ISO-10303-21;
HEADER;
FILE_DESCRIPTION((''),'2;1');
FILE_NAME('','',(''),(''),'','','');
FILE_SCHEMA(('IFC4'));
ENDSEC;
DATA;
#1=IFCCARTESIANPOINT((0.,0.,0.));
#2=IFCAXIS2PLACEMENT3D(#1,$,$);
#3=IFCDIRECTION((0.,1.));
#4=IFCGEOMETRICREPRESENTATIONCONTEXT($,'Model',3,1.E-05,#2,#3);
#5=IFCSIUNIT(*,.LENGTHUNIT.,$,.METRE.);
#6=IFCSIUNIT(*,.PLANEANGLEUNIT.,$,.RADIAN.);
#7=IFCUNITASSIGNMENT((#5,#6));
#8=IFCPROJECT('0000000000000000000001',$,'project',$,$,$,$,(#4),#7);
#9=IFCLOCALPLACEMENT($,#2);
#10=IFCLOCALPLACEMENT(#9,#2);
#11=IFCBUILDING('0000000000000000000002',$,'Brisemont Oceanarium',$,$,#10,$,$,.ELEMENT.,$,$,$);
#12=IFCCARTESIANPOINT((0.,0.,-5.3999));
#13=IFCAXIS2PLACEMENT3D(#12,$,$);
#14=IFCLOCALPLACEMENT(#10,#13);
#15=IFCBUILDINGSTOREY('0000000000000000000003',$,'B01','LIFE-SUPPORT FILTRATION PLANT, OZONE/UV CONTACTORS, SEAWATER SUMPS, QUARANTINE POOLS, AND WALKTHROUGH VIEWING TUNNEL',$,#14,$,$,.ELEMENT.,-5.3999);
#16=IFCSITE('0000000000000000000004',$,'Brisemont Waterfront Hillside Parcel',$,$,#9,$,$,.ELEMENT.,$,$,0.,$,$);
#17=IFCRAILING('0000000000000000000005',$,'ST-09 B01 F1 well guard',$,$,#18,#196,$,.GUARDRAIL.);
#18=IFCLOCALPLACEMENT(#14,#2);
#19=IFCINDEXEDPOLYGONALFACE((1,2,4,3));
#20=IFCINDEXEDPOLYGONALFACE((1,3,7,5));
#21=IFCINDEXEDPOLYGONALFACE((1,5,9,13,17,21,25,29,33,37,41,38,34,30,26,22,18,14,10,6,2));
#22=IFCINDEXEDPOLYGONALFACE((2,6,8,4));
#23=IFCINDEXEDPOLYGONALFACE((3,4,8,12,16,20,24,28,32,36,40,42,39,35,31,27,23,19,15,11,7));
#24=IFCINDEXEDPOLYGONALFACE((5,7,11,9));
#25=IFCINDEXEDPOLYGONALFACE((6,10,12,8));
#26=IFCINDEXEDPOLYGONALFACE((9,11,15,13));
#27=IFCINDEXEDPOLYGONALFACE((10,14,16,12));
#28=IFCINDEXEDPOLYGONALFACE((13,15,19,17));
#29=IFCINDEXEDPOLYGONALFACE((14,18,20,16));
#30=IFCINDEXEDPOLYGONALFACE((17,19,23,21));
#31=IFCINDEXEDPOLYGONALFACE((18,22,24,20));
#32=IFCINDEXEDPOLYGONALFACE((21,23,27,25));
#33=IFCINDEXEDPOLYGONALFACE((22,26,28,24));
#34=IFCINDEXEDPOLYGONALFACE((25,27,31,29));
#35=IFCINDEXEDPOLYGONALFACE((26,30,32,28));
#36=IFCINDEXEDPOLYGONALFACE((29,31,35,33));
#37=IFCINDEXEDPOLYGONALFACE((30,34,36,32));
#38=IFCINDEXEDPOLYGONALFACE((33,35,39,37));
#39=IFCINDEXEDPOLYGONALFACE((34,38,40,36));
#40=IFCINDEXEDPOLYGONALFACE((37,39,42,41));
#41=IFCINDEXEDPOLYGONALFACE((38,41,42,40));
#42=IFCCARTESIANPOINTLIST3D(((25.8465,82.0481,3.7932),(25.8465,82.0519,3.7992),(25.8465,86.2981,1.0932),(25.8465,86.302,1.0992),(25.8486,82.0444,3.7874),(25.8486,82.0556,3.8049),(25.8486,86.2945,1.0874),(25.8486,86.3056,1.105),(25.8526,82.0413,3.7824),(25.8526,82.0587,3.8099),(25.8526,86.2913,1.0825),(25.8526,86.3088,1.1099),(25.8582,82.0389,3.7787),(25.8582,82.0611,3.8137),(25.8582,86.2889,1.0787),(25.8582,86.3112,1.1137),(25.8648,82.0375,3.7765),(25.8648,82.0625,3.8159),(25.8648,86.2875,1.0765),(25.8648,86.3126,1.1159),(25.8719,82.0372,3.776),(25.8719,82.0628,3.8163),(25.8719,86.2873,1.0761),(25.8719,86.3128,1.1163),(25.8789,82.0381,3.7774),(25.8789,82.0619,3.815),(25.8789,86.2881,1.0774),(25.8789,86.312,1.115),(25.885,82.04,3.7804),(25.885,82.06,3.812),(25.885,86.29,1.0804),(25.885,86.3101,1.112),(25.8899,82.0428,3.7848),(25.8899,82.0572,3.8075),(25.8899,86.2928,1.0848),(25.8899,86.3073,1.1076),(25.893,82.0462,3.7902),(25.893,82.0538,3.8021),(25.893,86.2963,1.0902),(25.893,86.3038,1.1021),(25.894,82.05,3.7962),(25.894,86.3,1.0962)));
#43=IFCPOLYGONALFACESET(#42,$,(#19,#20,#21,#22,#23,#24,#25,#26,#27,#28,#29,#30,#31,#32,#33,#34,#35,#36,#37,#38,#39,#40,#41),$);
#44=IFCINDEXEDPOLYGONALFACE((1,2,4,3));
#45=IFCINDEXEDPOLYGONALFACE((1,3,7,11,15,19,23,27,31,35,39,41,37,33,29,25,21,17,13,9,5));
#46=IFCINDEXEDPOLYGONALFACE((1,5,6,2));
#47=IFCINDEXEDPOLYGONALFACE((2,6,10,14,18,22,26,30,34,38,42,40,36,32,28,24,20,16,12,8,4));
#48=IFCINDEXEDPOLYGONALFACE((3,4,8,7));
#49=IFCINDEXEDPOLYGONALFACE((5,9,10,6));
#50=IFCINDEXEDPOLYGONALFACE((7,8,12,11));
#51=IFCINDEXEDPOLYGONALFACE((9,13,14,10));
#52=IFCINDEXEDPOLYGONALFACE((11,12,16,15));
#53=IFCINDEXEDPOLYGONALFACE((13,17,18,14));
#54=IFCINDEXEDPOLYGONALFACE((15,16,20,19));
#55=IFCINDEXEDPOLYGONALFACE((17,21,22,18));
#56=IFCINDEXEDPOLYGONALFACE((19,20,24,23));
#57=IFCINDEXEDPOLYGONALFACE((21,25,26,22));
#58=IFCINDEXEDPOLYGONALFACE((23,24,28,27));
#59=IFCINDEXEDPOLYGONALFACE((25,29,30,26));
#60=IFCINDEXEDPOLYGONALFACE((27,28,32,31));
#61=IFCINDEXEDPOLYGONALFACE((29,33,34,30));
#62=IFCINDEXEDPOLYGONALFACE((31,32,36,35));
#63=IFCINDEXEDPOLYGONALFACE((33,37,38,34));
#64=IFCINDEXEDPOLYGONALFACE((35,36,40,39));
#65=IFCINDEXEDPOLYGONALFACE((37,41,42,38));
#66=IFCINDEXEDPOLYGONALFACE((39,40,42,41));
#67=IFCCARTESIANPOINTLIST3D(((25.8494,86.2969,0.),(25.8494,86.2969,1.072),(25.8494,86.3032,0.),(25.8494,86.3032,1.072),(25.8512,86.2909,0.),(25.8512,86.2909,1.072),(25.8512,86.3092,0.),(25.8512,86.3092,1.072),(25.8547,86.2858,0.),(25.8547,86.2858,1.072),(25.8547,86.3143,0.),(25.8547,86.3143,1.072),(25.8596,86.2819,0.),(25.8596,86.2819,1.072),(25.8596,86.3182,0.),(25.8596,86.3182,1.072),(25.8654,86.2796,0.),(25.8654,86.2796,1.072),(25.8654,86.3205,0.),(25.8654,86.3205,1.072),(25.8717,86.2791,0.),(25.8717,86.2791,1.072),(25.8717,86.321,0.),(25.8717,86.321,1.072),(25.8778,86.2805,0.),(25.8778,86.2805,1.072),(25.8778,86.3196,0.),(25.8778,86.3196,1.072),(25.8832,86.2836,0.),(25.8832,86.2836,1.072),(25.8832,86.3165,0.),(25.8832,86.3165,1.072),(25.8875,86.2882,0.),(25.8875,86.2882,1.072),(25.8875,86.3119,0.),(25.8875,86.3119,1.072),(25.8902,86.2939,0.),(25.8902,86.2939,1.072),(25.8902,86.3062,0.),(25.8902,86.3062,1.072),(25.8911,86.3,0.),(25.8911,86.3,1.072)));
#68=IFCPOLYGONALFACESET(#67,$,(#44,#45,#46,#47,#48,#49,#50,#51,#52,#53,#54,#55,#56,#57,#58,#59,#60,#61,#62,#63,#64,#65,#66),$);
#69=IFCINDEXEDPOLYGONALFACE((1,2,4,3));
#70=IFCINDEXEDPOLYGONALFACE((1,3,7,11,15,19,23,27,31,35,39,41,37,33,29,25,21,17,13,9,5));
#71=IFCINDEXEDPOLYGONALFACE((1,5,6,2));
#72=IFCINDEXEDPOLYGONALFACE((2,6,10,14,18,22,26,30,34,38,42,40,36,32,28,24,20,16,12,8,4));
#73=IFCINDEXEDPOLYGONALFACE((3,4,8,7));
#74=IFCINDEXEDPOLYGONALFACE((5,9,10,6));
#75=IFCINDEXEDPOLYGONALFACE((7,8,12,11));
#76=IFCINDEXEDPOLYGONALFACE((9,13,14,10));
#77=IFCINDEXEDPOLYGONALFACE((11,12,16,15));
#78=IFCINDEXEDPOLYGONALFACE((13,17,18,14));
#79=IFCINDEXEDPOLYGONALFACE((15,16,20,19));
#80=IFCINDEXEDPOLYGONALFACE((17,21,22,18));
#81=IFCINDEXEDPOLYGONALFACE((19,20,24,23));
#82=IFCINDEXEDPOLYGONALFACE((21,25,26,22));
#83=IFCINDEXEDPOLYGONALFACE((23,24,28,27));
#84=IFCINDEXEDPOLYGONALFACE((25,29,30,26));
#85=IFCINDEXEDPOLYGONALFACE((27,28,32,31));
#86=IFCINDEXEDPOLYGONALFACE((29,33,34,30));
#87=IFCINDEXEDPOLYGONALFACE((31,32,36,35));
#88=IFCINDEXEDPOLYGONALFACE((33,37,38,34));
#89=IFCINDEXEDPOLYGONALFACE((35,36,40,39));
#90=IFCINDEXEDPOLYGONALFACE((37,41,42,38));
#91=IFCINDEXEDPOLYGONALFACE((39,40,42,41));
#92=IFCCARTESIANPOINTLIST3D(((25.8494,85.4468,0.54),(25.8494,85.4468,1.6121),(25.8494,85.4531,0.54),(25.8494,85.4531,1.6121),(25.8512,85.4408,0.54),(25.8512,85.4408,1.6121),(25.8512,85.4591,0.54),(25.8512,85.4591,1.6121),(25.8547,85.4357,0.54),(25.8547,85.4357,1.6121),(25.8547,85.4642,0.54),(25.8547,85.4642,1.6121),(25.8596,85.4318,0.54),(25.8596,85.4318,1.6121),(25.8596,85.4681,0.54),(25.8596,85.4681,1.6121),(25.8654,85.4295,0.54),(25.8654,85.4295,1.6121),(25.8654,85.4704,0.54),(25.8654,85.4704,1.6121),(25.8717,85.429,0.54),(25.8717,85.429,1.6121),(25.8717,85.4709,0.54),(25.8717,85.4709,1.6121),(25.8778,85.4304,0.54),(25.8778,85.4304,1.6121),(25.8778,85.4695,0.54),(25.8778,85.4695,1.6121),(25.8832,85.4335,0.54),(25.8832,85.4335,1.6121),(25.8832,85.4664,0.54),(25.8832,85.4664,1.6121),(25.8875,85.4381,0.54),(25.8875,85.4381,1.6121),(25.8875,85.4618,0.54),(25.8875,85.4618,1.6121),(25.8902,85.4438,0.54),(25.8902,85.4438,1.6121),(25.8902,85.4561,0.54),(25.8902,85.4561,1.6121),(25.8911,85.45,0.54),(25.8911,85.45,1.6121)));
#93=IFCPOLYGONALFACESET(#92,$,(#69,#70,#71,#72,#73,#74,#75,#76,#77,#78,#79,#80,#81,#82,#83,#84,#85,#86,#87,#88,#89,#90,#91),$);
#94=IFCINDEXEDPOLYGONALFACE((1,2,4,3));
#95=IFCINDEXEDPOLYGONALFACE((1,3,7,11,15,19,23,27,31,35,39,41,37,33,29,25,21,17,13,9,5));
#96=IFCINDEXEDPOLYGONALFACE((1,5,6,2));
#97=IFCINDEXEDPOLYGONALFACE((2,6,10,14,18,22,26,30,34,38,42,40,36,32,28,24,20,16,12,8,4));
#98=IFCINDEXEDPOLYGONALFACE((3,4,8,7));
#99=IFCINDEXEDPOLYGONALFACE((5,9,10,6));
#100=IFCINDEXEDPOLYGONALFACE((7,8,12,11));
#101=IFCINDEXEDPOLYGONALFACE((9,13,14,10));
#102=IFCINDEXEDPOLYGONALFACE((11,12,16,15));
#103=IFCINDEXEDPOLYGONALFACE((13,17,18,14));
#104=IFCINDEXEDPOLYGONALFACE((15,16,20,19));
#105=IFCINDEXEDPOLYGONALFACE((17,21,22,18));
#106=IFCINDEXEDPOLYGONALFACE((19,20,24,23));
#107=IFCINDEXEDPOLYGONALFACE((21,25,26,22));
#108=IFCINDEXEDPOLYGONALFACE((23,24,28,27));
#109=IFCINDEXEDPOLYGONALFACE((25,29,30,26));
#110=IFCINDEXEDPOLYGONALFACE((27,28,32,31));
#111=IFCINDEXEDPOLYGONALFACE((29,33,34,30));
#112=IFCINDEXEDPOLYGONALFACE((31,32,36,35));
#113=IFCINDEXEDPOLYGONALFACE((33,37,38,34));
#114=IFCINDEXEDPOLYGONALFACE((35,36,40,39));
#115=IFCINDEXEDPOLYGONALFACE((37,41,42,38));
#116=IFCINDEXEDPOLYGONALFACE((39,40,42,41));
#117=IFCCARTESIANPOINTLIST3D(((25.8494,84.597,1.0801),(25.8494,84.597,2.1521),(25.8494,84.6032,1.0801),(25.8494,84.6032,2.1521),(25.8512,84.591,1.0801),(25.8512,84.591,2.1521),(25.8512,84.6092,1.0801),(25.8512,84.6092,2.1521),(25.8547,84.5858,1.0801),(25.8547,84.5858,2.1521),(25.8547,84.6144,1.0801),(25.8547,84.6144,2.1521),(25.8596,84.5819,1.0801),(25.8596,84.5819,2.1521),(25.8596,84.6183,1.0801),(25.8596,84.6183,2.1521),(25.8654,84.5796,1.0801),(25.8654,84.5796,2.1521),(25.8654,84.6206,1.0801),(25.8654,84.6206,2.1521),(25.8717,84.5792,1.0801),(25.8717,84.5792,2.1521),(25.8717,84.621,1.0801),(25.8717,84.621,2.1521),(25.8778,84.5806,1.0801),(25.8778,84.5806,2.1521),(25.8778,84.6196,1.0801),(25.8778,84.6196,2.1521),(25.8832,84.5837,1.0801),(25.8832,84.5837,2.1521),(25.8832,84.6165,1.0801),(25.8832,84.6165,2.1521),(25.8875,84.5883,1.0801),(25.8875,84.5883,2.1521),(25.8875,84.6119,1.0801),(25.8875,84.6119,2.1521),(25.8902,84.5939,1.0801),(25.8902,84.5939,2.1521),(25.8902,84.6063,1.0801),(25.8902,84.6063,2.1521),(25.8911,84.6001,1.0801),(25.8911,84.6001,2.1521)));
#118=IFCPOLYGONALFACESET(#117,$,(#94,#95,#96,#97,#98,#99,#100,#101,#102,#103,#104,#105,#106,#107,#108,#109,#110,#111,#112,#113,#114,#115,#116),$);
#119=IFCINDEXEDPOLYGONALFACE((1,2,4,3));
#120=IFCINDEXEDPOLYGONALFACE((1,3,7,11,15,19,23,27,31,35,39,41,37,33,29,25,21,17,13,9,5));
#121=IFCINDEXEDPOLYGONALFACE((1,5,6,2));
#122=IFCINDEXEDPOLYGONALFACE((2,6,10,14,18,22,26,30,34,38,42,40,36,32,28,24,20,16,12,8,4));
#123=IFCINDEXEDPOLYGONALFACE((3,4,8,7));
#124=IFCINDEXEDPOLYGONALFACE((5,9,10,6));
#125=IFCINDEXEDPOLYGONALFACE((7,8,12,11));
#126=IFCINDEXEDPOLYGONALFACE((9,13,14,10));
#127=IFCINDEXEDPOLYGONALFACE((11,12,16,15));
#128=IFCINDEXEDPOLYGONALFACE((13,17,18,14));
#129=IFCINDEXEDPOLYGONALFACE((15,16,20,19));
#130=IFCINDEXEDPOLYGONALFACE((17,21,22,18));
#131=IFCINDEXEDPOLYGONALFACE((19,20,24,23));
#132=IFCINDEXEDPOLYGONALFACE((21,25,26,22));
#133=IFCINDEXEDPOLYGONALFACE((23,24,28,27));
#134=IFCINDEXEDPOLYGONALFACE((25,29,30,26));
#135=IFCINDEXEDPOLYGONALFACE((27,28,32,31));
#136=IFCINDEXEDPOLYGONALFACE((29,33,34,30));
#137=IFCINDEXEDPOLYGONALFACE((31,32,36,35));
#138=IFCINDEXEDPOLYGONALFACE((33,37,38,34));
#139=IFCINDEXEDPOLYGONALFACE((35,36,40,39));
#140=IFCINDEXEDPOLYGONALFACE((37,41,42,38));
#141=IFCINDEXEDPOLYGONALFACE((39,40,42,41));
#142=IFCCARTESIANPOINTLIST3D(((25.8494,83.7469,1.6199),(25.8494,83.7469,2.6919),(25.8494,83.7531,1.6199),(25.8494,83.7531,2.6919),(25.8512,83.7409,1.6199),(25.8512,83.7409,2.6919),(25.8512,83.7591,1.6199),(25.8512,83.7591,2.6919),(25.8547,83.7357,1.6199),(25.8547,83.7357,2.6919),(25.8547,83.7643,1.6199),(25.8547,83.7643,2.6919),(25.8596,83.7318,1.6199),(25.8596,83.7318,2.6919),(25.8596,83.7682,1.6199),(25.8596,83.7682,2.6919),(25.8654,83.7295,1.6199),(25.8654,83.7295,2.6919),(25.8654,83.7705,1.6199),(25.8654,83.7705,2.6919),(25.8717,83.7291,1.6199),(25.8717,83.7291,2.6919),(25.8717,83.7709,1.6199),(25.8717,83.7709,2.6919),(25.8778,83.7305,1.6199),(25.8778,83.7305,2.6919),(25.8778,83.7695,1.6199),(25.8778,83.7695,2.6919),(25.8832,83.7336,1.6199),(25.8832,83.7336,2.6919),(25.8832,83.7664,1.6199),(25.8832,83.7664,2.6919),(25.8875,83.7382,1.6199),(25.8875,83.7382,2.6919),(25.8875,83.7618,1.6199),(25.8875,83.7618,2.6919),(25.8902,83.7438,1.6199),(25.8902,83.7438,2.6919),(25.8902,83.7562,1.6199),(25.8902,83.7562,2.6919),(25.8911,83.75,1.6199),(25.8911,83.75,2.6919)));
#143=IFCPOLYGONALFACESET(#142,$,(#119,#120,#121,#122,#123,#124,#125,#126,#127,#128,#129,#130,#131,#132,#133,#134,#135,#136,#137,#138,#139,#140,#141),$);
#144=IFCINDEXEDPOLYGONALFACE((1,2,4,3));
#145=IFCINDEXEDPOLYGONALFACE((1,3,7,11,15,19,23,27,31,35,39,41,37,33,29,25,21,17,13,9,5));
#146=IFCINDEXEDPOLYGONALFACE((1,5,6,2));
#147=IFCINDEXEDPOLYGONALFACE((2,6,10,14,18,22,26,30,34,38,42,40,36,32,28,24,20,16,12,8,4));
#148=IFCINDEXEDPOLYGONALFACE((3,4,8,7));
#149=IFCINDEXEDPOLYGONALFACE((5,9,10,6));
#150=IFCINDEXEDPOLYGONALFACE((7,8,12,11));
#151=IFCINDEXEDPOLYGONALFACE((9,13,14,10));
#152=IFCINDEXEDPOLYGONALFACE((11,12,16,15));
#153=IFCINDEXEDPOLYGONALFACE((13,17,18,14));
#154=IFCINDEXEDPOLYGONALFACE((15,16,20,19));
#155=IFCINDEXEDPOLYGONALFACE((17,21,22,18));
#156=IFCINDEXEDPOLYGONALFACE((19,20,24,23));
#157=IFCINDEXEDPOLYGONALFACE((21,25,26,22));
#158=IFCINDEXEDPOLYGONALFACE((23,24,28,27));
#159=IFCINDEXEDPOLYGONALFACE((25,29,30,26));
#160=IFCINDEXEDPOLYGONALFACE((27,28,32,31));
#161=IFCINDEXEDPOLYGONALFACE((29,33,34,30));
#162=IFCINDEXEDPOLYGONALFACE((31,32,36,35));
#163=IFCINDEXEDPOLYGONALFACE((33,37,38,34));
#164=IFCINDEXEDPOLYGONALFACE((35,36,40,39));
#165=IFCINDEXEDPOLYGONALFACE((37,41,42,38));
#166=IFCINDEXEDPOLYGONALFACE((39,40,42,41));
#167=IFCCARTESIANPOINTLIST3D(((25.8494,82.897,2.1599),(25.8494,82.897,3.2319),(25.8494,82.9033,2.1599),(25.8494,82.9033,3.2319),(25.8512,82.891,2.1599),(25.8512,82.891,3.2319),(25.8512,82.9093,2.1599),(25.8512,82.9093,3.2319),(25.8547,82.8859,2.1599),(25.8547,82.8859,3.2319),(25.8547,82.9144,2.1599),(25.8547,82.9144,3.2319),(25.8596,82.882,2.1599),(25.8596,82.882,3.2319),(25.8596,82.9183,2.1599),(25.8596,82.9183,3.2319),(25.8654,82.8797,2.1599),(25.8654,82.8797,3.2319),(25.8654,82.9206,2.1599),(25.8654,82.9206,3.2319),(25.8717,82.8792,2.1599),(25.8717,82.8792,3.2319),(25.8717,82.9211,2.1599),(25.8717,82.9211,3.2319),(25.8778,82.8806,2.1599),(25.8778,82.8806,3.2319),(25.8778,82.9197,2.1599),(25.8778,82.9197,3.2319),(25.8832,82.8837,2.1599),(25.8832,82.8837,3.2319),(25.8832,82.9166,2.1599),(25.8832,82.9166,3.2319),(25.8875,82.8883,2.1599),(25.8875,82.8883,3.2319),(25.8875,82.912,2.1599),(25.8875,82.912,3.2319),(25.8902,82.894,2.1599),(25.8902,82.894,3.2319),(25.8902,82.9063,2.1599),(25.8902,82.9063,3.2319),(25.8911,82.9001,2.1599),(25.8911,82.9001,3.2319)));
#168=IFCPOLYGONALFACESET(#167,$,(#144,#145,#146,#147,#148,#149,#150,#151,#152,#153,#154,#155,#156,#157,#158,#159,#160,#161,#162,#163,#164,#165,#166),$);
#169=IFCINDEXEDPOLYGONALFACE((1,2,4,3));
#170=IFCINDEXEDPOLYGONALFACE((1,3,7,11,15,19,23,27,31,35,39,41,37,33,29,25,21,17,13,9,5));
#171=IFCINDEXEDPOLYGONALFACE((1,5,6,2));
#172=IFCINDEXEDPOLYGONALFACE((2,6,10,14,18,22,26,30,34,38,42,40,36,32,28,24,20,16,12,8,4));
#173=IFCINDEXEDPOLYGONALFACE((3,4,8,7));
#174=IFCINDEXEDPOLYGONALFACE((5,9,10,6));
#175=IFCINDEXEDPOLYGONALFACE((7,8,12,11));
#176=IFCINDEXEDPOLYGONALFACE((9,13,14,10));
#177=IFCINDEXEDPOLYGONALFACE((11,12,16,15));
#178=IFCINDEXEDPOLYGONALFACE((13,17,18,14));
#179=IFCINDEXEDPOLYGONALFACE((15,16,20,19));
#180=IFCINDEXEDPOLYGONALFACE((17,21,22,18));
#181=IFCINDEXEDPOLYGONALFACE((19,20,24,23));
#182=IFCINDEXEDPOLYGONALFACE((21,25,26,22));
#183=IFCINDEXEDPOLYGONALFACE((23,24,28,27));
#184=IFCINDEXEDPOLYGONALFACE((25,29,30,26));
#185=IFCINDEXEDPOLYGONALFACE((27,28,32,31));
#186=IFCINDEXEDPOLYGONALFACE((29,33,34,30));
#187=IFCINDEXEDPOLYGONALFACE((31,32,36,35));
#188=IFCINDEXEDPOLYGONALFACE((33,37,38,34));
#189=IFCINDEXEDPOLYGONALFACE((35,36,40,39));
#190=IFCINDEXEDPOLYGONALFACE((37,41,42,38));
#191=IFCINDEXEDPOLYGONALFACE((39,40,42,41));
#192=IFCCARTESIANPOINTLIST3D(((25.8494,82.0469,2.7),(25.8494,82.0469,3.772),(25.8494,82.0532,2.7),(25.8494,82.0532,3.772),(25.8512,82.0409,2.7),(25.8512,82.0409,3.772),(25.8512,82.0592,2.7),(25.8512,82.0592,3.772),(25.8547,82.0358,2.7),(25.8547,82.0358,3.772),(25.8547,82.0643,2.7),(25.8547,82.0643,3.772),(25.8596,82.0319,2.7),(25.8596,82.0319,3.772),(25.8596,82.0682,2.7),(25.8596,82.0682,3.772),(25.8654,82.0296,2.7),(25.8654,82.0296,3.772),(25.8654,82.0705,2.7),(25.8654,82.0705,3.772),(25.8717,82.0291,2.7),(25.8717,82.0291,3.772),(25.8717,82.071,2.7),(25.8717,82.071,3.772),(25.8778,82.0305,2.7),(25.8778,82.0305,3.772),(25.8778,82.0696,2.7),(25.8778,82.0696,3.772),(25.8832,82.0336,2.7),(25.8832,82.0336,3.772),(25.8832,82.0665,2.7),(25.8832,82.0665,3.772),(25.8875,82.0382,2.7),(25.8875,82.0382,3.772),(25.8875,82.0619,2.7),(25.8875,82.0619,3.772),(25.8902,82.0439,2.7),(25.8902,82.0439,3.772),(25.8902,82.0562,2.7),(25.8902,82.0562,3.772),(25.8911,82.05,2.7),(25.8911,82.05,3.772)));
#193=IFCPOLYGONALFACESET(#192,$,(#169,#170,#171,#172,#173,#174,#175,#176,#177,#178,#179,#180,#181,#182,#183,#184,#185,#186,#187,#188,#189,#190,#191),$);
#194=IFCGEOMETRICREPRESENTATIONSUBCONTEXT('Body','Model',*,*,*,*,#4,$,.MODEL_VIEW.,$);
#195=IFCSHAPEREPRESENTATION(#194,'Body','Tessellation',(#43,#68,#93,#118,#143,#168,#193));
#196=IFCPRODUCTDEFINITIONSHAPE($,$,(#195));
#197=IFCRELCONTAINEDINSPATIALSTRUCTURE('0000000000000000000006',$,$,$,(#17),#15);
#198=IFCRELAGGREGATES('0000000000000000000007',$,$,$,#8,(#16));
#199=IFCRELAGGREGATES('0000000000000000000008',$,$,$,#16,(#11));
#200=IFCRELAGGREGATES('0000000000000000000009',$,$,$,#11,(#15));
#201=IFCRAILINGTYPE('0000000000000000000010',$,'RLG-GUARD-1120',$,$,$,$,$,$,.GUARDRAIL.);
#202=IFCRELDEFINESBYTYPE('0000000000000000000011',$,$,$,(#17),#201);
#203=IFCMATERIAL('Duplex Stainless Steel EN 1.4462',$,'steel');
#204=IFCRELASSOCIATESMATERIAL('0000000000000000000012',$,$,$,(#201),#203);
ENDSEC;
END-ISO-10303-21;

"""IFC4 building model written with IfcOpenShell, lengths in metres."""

from ifc_helpers import new_model, si_unit, direction, frame, origin, origin_2d, place, context, subcontext, project, spatial, circle, extrude, material, type_object, element, save


model = new_model("IFC4")

# Units and contexts
model_context = context("Model", 3, precision=1e-05, world=origin(), true_north=direction((0.0, 1.0)))
body_context = subcontext(model_context, "Body", "Model", "MODEL_VIEW")
ifc_project = project(units=[si_unit("LENGTHUNIT", "METRE"), si_unit("PLANEANGLEUNIT", "RADIAN")], contexts=[model_context])

# Site, building, storey
site_placement = place(None, origin())
site = spatial("IfcSite", under=ifc_project, at=site_placement, Name="Brisemont Waterfront Hillside Parcel", CompositionType="ELEMENT", RefElevation=0.0)
building_placement = place(site_placement, origin())
building = spatial("IfcBuilding", under=site, at=building_placement, Name="Brisemont Oceanarium", CompositionType="ELEMENT")
storey_placement = place(building_placement, frame((0.0, 0.0, -5.3999)))
storey = spatial("IfcBuildingStorey", under=building, at=storey_placement, Name="B01", Description="LIFE-SUPPORT FILTRATION PLANT, OZONE/UV CONTACTORS, SEAWATER SUMPS, QUARANTINE POOLS, AND WALKTHROUGH VIEWING TUNNEL", CompositionType="ELEMENT", Elevation=-5.3999)

# Railing
ifc_material_1 = material(Name="Duplex Stainless Steel EN 1.4462", Category="steel")
railing_type_1 = type_object("IfcRailingType", Name="RLG-GUARD-1120", PredefinedType="GUARDRAIL", material=ifc_material_1)
railing_1_placement = place(storey_placement, frame((25.8701, 86.3, 0.0)))
element("IfcRailing", 1, at=railing_1_placement, inside=storey, type_object=railing_type_1, Name="ST-09 B01 F1 well guard", PredefinedType="GUARDRAIL", context=body_context, shape_type="SweptSolid", body=[
    extrude(circle(Radius=0.0239, at=origin_2d()), frame((0.0, 0.0, 1.0962), z_axis=(0.0, -0.844075, 0.536226), x_axis=(1.0, 0.0, 0.0)), (0.0, 0.0, 1.0), 5.0352),
    extrude(circle(Radius=0.021, at=origin_2d()), origin(), (0.0, 0.0, 1.0), 1.072),
    extrude(circle(Radius=0.021, at=origin_2d()), frame((0.0, -0.8501, 0.54)), (0.0, 0.0, 1.0), 1.072),
    extrude(circle(Radius=0.021, at=origin_2d()), frame((0.0, -1.7, 1.0801)), (0.0, 0.0, 1.0), 1.072),
    extrude(circle(Radius=0.021, at=origin_2d()), frame((0.0, -2.55, 1.6199)), (0.0, 0.0, 1.0), 1.072),
    extrude(circle(Radius=0.021, at=origin_2d()), frame((0.0, -3.3999, 2.1599)), (0.0, 0.0, 1.0), 1.072),
    extrude(circle(Radius=0.021, at=origin_2d()), frame((0.0, -4.25, 2.7)), (0.0, 0.0, 1.0), 1.072),
])

save(model, "model.ifc")
